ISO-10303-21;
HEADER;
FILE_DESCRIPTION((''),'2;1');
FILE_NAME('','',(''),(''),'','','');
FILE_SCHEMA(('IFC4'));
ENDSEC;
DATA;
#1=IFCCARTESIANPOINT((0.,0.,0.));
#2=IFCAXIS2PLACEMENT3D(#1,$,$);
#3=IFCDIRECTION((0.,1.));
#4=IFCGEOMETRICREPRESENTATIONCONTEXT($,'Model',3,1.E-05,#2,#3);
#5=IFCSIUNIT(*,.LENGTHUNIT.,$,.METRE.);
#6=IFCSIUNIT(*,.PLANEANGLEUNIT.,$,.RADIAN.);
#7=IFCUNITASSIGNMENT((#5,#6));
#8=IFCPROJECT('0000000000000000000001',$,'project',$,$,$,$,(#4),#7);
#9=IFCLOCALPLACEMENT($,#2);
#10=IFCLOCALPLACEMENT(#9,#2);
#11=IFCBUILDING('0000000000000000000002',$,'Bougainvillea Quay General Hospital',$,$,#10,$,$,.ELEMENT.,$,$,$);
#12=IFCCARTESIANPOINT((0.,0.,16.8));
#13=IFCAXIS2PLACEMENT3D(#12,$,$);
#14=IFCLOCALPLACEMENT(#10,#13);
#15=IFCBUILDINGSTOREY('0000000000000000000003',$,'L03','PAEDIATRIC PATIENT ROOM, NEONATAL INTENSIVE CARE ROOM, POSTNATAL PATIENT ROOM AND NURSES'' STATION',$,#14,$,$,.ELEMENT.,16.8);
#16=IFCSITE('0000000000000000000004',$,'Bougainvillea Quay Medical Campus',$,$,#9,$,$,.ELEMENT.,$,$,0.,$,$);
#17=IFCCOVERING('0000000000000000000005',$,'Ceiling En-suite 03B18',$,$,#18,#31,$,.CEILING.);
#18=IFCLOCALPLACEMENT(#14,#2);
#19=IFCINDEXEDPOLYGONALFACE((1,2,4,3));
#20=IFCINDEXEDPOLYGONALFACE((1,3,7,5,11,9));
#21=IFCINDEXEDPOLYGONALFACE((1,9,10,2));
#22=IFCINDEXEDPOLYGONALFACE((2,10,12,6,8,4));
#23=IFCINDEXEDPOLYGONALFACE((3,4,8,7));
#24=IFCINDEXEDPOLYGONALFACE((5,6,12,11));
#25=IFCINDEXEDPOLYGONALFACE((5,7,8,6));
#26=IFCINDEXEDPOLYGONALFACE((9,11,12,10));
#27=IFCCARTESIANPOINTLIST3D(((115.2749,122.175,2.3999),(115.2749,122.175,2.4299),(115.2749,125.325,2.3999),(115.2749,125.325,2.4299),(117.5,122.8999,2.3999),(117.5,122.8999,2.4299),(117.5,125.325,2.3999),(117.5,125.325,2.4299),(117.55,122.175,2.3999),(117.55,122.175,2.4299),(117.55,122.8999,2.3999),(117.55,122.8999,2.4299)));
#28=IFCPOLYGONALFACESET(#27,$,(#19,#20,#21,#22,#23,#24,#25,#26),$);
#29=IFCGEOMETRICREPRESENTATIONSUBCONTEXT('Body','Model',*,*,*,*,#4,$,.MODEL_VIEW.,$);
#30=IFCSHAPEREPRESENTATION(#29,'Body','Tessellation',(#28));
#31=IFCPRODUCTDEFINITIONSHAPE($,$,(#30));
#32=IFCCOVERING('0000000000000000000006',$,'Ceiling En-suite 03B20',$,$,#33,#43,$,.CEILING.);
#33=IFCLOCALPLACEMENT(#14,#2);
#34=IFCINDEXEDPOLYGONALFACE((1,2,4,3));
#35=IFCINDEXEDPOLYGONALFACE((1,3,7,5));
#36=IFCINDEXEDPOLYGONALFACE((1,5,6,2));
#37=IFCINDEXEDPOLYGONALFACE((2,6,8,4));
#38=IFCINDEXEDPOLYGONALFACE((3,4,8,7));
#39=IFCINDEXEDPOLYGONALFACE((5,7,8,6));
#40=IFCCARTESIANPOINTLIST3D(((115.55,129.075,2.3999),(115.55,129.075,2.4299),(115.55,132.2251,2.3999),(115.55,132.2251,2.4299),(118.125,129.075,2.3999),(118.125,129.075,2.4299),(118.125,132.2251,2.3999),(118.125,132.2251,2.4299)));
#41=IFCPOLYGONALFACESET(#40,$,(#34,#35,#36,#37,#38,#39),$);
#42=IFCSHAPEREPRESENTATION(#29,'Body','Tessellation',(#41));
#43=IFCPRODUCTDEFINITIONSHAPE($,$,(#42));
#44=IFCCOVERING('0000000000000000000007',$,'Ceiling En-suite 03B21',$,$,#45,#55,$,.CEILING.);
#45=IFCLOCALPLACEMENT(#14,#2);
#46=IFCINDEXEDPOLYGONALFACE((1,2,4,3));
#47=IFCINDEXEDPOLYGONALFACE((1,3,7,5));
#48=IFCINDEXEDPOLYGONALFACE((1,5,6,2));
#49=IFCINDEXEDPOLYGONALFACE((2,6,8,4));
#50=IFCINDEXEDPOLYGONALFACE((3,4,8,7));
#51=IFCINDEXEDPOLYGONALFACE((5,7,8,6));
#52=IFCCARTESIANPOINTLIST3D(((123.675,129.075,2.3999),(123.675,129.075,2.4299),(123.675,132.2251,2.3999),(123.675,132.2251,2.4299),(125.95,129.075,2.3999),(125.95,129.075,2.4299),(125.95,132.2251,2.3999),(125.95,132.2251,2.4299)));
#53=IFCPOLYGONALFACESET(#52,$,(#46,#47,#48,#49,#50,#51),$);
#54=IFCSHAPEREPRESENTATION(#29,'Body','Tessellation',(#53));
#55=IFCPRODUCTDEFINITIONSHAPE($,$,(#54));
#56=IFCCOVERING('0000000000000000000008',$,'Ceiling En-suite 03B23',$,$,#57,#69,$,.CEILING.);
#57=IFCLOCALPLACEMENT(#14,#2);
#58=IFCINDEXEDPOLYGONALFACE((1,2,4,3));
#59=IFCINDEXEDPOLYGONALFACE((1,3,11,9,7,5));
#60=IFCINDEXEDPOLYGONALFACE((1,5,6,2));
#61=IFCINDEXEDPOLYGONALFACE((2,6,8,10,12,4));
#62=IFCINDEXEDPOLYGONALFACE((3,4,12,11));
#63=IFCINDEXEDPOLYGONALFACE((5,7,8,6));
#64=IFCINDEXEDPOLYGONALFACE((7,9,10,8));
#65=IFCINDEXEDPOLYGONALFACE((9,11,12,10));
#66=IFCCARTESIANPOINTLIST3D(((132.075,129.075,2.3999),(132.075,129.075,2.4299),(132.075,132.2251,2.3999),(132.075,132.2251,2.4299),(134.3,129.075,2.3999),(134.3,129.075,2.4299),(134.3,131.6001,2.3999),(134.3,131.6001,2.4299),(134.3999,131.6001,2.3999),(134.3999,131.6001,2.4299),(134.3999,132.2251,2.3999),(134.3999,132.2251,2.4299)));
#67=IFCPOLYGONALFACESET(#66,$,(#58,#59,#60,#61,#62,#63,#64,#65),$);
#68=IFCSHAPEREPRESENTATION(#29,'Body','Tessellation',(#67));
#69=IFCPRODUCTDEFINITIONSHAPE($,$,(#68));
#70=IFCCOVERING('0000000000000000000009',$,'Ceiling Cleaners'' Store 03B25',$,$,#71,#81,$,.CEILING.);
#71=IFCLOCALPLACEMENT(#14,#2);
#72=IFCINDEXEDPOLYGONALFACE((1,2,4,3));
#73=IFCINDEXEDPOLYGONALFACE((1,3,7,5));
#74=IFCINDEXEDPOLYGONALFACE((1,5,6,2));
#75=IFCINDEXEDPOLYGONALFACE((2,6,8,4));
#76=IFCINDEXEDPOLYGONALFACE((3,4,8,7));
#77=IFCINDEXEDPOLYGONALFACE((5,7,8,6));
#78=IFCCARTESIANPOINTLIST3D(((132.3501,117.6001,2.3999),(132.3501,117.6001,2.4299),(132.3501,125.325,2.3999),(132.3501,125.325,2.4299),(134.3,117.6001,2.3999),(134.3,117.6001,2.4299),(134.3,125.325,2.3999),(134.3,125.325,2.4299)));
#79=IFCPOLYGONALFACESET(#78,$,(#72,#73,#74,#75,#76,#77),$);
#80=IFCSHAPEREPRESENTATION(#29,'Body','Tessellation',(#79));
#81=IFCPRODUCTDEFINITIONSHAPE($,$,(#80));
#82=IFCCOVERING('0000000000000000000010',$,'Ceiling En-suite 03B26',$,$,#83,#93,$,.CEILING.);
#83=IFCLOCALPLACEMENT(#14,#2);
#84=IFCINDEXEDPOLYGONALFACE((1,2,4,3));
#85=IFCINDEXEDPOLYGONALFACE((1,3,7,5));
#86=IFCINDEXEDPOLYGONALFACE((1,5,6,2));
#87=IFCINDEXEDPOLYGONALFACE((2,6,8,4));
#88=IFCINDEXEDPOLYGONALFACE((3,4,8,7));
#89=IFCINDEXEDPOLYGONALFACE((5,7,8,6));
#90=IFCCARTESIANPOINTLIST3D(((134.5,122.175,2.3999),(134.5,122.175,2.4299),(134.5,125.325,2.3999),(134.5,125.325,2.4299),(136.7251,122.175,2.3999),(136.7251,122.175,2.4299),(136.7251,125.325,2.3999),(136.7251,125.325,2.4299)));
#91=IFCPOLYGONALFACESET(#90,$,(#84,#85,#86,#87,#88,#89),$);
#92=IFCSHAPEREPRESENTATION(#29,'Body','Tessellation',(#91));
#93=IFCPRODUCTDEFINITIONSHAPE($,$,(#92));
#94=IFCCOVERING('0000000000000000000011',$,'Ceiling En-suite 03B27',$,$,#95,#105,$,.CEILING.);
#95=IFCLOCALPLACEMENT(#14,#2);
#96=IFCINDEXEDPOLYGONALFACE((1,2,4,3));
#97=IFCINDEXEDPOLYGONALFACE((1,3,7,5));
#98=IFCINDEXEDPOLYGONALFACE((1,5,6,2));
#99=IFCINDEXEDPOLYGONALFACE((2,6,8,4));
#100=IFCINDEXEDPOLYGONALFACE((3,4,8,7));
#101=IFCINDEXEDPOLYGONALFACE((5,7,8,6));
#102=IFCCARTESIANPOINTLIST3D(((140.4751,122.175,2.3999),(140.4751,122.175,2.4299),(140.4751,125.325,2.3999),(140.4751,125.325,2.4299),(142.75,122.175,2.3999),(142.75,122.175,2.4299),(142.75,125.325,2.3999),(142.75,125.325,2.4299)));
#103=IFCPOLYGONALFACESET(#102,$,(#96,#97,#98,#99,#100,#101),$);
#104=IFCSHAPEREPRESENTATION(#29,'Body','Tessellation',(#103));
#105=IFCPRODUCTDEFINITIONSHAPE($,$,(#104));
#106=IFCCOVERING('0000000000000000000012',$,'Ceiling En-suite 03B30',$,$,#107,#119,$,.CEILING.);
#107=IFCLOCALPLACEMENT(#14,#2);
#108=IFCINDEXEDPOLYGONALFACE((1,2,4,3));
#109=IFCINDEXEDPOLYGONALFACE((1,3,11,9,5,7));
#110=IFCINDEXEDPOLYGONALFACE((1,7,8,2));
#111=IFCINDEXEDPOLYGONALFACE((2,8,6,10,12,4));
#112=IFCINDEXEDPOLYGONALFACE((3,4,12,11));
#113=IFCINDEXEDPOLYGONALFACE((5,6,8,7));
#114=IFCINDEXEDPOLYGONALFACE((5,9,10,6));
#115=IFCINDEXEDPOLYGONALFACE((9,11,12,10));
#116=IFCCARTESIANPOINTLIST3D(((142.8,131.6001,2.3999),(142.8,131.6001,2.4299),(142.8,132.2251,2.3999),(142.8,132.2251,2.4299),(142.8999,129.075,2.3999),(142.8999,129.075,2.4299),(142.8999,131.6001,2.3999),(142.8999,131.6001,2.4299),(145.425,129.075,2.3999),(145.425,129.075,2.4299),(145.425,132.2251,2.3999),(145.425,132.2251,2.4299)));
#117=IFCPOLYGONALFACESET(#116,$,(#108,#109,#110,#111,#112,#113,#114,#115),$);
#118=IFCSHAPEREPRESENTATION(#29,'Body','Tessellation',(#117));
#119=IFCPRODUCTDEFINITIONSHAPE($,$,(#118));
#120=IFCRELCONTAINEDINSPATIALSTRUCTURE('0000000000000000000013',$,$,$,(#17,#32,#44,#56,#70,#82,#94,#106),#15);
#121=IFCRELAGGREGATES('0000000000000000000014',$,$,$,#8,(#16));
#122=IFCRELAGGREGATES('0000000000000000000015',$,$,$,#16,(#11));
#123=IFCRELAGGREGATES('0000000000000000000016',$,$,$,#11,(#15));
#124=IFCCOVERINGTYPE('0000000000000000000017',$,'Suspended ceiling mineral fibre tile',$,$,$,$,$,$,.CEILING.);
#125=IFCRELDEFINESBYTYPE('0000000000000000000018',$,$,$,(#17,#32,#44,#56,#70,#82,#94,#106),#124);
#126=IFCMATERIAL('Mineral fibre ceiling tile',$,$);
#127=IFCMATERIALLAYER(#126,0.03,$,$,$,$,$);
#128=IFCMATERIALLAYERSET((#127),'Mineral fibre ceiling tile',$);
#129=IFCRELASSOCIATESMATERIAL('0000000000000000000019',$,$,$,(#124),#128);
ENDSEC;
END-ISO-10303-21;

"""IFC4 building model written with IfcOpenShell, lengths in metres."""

from ifc_helpers import new_model, si_unit, direction, frame, origin, place, context, subcontext, project, spatial, polyline, outline, extrude, material, layer, layer_set, type_object, element, save


model = new_model("IFC4")

# Units and contexts
model_context = context("Model", 3, precision=1e-05, world=origin(), true_north=direction((0.0, 1.0)))
body_context = subcontext(model_context, "Body", "Model", "MODEL_VIEW")
ifc_project = project(units=[si_unit("LENGTHUNIT", "METRE"), si_unit("PLANEANGLEUNIT", "RADIAN")], contexts=[model_context])

# Site, building, storey
site_placement = place(None, origin())
site = spatial("IfcSite", under=ifc_project, at=site_placement, Name="Bougainvillea Quay Medical Campus", CompositionType="ELEMENT", RefElevation=0.0)
building_placement = place(site_placement, origin())
building = spatial("IfcBuilding", under=site, at=building_placement, Name="Bougainvillea Quay General Hospital", CompositionType="ELEMENT")
storey_placement = place(building_placement, frame((0.0, 0.0, 16.8)))
storey = spatial("IfcBuildingStorey", under=building, at=storey_placement, Name="L03", Description="PAEDIATRIC PATIENT ROOM, NEONATAL INTENSIVE CARE ROOM, POSTNATAL PATIENT ROOM AND NURSES' STATION", CompositionType="ELEMENT", Elevation=16.8)

# Coverings
ifc_material = material(Name="Mineral fibre ceiling tile")
ifc_layer = layer(ifc_material, 0.03)
ifc_layer_set = layer_set([ifc_layer], Name="Mineral fibre ceiling tile")
covering_type = type_object("IfcCoveringType", Name="Suspended ceiling mineral fibre tile", PredefinedType="CEILING", material=ifc_layer_set)
covering_1_placement = place(storey_placement, frame((0.0, 0.0, 2.3999)))
element("IfcCovering", 1, at=covering_1_placement, inside=storey, type_object=covering_type, Name="Ceiling En-suite 03B18", PredefinedType="CEILING", context=body_context, shape_type="SweptSolid", body=[
    extrude(outline(polyline([(117.5, 122.8999), (117.5, 125.325), (115.2749, 125.325), (115.2749, 122.175), (117.55, 122.175), (117.55, 122.8999), (117.5, 122.8999)])), origin(), (0.0, 0.0, 1.0), 0.03),
])
covering_2_placement = place(storey_placement, frame((0.0, 0.0, 2.3999)))
element("IfcCovering", 2, at=covering_2_placement, inside=storey, type_object=covering_type, Name="Ceiling En-suite 03B20", PredefinedType="CEILING", context=body_context, shape_type="SweptSolid", body=[
    extrude(outline(polyline([(118.125, 129.075), (118.125, 132.2251), (115.55, 132.2251), (115.55, 129.075), (118.125, 129.075)])), origin(), (0.0, 0.0, 1.0), 0.03),
])
covering_3_placement = place(storey_placement, frame((0.0, 0.0, 2.3999)))
element("IfcCovering", 3, at=covering_3_placement, inside=storey, type_object=covering_type, Name="Ceiling En-suite 03B21", PredefinedType="CEILING", context=body_context, shape_type="SweptSolid", body=[
    extrude(outline(polyline([(123.675, 129.075), (125.95, 129.075), (125.95, 132.2251), (123.675, 132.2251), (123.675, 129.075)])), origin(), (0.0, 0.0, 1.0), 0.03),
])
covering_4_placement = place(storey_placement, frame((0.0, 0.0, 2.3999)))
element("IfcCovering", 4, at=covering_4_placement, inside=storey, type_object=covering_type, Name="Ceiling En-suite 03B23", PredefinedType="CEILING", context=body_context, shape_type="SweptSolid", body=[
    extrude(outline(polyline([(134.3999, 132.2251), (132.075, 132.2251), (132.075, 129.075), (134.3, 129.075), (134.3, 131.6001), (134.3999, 131.6001), (134.3999, 132.2251)])), origin(), (0.0, 0.0, 1.0), 0.03),
])
covering_5_placement = place(storey_placement, frame((0.0, 0.0, 2.3999)))
element("IfcCovering", 5, at=covering_5_placement, inside=storey, type_object=covering_type, Name="Ceiling Cleaners' Store 03B25", PredefinedType="CEILING", context=body_context, shape_type="SweptSolid", body=[
    extrude(outline(polyline([(134.3, 117.6001), (134.3, 125.325), (132.3501, 125.325), (132.3501, 117.6001), (134.3, 117.6001)])), origin(), (0.0, 0.0, 1.0), 0.03),
])
covering_6_placement = place(storey_placement, frame((0.0, 0.0, 2.3999)))
element("IfcCovering", 6, at=covering_6_placement, inside=storey, type_object=covering_type, Name="Ceiling En-suite 03B26", PredefinedType="CEILING", context=body_context, shape_type="SweptSolid", body=[
    extrude(outline(polyline([(136.7251, 122.175), (136.7251, 125.325), (134.5, 125.325), (134.5, 122.175), (136.7251, 122.175)])), origin(), (0.0, 0.0, 1.0), 0.03),
])
covering_7_placement = place(storey_placement, frame((0.0, 0.0, 2.3999)))
element("IfcCovering", 7, at=covering_7_placement, inside=storey, type_object=covering_type, Name="Ceiling En-suite 03B27", PredefinedType="CEILING", context=body_context, shape_type="SweptSolid", body=[
    extrude(outline(polyline([(142.75, 122.175), (142.75, 125.325), (140.4751, 125.325), (140.4751, 122.175), (142.75, 122.175)])), origin(), (0.0, 0.0, 1.0), 0.03),
])
covering_8_placement = place(storey_placement, frame((0.0, 0.0, 2.3999)))
element("IfcCovering", 8, at=covering_8_placement, inside=storey, type_object=covering_type, Name="Ceiling En-suite 03B30", PredefinedType="CEILING", context=body_context, shape_type="SweptSolid", body=[
    extrude(outline(polyline([(142.8, 131.6001), (142.8999, 131.6001), (142.8999, 129.075), (145.425, 129.075), (145.425, 132.2251), (142.8, 132.2251), (142.8, 131.6001)])), origin(), (0.0, 0.0, 1.0), 0.03),
])

save(model, "model.ifc")
